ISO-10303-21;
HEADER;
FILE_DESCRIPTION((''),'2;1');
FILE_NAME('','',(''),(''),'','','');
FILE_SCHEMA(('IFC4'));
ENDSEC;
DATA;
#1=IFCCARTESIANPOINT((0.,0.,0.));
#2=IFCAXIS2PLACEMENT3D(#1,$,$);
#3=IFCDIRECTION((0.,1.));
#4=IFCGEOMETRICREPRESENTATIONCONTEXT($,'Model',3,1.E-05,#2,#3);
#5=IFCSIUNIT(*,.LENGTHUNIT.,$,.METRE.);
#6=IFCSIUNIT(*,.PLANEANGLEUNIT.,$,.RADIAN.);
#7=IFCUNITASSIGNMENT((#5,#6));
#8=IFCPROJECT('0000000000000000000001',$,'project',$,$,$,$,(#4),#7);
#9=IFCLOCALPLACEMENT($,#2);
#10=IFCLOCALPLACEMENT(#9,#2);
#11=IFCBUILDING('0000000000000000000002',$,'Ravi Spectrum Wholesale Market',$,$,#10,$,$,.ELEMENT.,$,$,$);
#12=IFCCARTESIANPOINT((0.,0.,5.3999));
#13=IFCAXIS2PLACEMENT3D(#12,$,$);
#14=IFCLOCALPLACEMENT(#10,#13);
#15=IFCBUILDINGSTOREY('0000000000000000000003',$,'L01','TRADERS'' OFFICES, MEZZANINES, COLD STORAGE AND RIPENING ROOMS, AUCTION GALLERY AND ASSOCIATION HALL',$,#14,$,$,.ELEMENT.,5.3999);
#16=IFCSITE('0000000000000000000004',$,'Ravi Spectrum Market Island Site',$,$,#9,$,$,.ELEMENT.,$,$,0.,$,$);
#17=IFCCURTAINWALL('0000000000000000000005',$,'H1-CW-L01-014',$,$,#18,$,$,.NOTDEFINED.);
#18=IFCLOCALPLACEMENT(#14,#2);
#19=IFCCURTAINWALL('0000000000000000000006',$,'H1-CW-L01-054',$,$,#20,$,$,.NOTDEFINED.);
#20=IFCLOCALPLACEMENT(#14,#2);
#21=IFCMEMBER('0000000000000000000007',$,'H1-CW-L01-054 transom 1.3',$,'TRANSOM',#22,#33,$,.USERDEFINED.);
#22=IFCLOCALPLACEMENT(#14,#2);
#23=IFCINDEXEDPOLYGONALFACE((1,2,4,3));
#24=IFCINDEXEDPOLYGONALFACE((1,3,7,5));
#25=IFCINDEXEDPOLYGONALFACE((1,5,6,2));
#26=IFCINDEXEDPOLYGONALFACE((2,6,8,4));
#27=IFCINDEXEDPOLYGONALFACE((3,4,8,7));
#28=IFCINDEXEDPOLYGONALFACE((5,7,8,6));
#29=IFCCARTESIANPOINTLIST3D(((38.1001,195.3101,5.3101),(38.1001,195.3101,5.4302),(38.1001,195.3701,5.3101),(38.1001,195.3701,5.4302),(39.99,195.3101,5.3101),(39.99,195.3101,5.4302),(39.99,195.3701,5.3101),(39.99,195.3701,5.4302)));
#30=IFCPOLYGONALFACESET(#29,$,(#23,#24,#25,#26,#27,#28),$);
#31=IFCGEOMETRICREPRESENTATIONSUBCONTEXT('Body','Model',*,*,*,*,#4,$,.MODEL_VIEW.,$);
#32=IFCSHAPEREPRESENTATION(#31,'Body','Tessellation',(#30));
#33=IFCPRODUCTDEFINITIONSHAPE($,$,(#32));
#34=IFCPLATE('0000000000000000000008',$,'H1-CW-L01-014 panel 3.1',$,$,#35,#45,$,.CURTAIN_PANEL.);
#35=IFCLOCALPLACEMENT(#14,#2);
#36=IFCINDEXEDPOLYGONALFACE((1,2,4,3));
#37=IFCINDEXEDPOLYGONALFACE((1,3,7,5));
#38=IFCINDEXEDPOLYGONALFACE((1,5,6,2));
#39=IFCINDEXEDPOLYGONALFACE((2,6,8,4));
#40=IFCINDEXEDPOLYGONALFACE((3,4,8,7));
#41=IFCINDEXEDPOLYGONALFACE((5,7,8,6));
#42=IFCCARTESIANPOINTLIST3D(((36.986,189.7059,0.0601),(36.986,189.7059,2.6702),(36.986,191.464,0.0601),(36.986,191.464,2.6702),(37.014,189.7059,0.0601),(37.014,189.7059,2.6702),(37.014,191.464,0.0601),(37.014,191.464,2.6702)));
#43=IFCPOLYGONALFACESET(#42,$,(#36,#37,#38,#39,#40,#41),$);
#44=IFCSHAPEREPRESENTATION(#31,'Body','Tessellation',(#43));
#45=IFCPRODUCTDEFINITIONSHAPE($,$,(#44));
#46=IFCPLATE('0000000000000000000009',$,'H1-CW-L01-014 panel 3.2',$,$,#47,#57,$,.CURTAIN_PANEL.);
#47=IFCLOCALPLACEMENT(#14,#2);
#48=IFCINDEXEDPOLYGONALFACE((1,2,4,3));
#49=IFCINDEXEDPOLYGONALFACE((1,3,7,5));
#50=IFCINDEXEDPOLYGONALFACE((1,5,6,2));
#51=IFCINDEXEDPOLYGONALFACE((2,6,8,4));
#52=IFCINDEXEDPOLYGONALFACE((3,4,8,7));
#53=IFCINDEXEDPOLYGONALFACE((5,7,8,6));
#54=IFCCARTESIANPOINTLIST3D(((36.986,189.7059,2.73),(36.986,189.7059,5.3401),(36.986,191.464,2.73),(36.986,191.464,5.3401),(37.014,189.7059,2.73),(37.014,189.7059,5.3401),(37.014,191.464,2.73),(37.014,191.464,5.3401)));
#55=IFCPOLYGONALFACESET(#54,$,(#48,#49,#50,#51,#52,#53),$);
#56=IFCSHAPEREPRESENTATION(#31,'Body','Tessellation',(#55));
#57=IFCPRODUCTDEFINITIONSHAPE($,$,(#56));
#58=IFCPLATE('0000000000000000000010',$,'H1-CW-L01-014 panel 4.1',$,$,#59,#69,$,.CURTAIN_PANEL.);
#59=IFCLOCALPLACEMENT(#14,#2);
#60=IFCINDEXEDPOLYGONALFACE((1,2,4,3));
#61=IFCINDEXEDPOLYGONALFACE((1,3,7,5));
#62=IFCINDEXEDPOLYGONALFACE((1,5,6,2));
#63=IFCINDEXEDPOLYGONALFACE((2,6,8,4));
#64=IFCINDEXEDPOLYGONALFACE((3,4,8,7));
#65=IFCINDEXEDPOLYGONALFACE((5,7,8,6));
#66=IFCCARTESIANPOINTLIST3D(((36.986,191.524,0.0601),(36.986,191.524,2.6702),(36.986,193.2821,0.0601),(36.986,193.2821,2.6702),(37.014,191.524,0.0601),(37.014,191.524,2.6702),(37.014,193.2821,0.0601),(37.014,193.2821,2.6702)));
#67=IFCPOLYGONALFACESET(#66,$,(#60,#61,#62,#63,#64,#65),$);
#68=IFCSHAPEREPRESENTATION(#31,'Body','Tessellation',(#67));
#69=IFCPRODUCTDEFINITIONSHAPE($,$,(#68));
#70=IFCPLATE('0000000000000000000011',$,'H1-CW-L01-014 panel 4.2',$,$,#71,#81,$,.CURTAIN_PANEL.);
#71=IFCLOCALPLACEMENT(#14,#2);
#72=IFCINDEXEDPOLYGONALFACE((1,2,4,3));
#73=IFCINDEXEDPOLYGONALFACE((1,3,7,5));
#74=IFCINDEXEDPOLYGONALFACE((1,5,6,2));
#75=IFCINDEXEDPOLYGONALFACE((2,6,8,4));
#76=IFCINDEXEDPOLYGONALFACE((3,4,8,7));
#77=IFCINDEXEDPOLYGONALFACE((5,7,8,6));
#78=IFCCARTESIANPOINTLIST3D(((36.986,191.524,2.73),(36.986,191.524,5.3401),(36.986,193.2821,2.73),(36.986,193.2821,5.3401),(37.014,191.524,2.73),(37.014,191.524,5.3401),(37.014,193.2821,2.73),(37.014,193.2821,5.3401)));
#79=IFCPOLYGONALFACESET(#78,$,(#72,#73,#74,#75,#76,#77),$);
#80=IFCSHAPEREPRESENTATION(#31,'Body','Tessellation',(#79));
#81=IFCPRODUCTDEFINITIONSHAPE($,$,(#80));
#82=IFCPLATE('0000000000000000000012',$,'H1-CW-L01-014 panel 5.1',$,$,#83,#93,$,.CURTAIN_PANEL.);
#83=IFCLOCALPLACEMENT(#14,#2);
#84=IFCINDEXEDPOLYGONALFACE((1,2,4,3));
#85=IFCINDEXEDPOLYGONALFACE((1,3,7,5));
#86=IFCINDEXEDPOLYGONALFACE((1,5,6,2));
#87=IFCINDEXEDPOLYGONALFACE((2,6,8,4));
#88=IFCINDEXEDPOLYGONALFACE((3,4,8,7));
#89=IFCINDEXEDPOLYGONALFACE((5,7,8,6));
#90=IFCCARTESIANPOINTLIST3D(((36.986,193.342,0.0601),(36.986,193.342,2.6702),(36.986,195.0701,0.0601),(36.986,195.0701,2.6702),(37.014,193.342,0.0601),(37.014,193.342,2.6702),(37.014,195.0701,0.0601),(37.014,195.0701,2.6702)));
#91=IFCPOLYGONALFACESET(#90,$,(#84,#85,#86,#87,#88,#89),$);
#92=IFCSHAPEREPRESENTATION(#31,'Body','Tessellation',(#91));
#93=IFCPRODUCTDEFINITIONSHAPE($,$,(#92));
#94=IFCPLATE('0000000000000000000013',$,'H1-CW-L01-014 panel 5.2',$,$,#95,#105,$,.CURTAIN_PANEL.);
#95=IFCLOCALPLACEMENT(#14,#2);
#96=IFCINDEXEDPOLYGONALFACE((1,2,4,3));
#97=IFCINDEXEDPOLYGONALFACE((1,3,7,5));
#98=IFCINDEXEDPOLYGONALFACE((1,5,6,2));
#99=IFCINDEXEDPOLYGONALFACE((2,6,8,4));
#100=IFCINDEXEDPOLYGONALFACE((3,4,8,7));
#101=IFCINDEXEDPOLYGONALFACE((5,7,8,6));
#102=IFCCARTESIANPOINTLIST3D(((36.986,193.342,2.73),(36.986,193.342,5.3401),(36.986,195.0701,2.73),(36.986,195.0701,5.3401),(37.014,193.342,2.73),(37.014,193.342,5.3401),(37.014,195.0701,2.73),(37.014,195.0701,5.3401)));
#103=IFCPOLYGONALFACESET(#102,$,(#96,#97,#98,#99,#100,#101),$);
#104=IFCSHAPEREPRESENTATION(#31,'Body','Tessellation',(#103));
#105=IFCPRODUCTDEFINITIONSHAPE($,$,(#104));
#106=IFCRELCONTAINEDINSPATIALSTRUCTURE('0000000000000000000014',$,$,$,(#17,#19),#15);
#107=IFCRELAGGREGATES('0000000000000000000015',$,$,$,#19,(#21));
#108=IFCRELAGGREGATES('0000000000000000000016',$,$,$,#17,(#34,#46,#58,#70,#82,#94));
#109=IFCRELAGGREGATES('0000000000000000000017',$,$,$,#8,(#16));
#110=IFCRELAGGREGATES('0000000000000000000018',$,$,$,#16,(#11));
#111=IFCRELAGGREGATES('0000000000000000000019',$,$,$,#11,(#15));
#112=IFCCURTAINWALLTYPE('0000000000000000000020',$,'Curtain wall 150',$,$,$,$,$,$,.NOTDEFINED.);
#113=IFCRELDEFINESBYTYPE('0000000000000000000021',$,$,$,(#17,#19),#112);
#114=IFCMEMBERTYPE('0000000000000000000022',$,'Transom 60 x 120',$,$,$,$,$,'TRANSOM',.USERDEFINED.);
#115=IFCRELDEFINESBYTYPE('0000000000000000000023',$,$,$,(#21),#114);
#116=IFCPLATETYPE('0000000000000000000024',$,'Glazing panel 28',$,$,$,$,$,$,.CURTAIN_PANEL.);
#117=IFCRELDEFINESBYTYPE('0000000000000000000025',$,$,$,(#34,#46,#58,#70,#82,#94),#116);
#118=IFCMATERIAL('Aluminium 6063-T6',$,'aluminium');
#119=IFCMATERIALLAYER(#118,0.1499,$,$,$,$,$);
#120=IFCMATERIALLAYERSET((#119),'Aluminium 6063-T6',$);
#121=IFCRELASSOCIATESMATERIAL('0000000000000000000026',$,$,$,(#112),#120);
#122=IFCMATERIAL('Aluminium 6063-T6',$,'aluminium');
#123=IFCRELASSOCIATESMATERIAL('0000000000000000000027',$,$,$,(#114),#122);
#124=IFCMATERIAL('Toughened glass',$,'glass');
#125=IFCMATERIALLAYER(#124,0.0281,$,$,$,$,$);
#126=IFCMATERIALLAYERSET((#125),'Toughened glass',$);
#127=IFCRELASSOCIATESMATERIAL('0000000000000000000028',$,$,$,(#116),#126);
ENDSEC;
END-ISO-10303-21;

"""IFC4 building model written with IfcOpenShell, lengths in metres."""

from ifc_helpers import new_model, si_unit, direction, frame, origin, origin_2d, place, context, subcontext, project, spatial, rectangle, extrude, material, layer, layer_set, material_profile, profile_set, type_object, element, aggregate, save


model = new_model("IFC4")

# Units and contexts
model_context = context("Model", 3, precision=1e-05, world=origin(), true_north=direction((0.0, 1.0)))
body_context = subcontext(model_context, "Body", "Model", "MODEL_VIEW")
ifc_project = project(units=[si_unit("LENGTHUNIT", "METRE"), si_unit("PLANEANGLEUNIT", "RADIAN")], contexts=[model_context])

# Site, building, storey
site_placement = place(None, origin())
site = spatial("IfcSite", under=ifc_project, at=site_placement, Name="Ravi Spectrum Market Island Site", CompositionType="ELEMENT", RefElevation=0.0)
building_placement = place(site_placement, origin())
building = spatial("IfcBuilding", under=site, at=building_placement, Name="Ravi Spectrum Wholesale Market", CompositionType="ELEMENT")
storey_placement = place(building_placement, frame((0.0, 0.0, 5.3999)))
storey = spatial("IfcBuildingStorey", under=building, at=storey_placement, Name="L01", Description="TRADERS' OFFICES, MEZZANINES, COLD STORAGE AND RIPENING ROOMS, AUCTION GALLERY AND ASSOCIATION HALL", CompositionType="ELEMENT", Elevation=5.3999)

# Curtain wall
ifc_material_1 = material(Name="Aluminium 6063-T6", Category="aluminium")
ifc_layer_1 = layer(ifc_material_1, 0.1499)
ifc_layer_set_1 = layer_set([ifc_layer_1], Name="Aluminium 6063-T6")
curtain_wall_type = type_object("IfcCurtainWallType", Name="Curtain wall 150", PredefinedType="NOTDEFINED", material=ifc_layer_set_1)
curtain_wall_1_placement = place(storey_placement, origin())
curtain_wall_1 = element("IfcCurtainWall", 1, at=curtain_wall_1_placement, inside=storey, type_object=curtain_wall_type, Name="H1-CW-L01-014", PredefinedType="NOTDEFINED")

# Curtain wall
curtain_wall_2_placement = place(storey_placement, origin())
curtain_wall_2 = element("IfcCurtainWall", 2, at=curtain_wall_2_placement, inside=storey, type_object=curtain_wall_type, Name="H1-CW-L01-054", PredefinedType="NOTDEFINED")

# Member
ifc_material_2 = material(Name="Aluminium 6063-T6", Category="aluminium")
ifc_material_profile_1 = material_profile(ifc_material_2, rectangle(XDim=0.0601, YDim=0.1201, at=origin_2d()))
ifc_profile_set_1 = profile_set([ifc_material_profile_1], Name="Aluminium 6063-T6")
member_type_1 = type_object("IfcMemberType", Name="Transom 60 x 120", ElementType="TRANSOM", PredefinedType="USERDEFINED", material=ifc_profile_set_1)
member_1_placement = place(storey_placement, frame((38.1001, 195.3401, 5.3701), z_axis=(1.0, 0.0, 0.0), x_axis=(0.0, 1.0, 0.0)))
member_1 = element("IfcMember", 3, at=member_1_placement, type_object=member_type_1, Name="H1-CW-L01-054 transom 1.3", ObjectType="TRANSOM", PredefinedType="USERDEFINED", context=body_context, shape_type="SweptSolid", body=[
    extrude(rectangle(XDim=0.0601, YDim=0.1201, at=origin_2d()), origin(), (0.0, 0.0, 1.0), 1.8899),
])
aggregate(curtain_wall_2, [member_1])

# Plates
ifc_material_3 = material(Name="Toughened glass", Category="glass")
ifc_layer_2 = layer(ifc_material_3, 0.0281)
ifc_layer_set_2 = layer_set([ifc_layer_2], Name="Toughened glass")
plate_type = type_object("IfcPlateType", Name="Glazing panel 28", PredefinedType="CURTAIN_PANEL", material=ifc_layer_set_2)
plate_1_placement = place(storey_placement, frame((37.0, 190.585, 0.0601), z_axis=(0.0, 0.0, 1.0), x_axis=(0.0, 1.0, 0.0)))
plate_1 = element("IfcPlate", 4, at=plate_1_placement, type_object=plate_type, Name="H1-CW-L01-014 panel 3.1", PredefinedType="CURTAIN_PANEL", context=body_context, shape_type="SweptSolid", body=[
    extrude(rectangle(XDim=1.7581, YDim=0.0281, at=origin_2d()), origin(), (0.0, 0.0, 1.0), 2.6101),
])
plate_2_placement = place(storey_placement, frame((37.0, 190.585, 2.73), z_axis=(0.0, 0.0, 1.0), x_axis=(0.0, 1.0, 0.0)))
plate_2 = element("IfcPlate", 5, at=plate_2_placement, type_object=plate_type, Name="H1-CW-L01-014 panel 3.2", PredefinedType="CURTAIN_PANEL", context=body_context, shape_type="SweptSolid", body=[
    extrude(rectangle(XDim=1.7581, YDim=0.0281, at=origin_2d()), origin(), (0.0, 0.0, 1.0), 2.6101),
])
plate_3_placement = place(storey_placement, frame((37.0, 192.4031, 0.0601), z_axis=(0.0, 0.0, 1.0), x_axis=(0.0, 1.0, 0.0)))
plate_3 = element("IfcPlate", 6, at=plate_3_placement, type_object=plate_type, Name="H1-CW-L01-014 panel 4.1", PredefinedType="CURTAIN_PANEL", context=body_context, shape_type="SweptSolid", body=[
    extrude(rectangle(XDim=1.7581, YDim=0.0281, at=origin_2d()), origin(), (0.0, 0.0, 1.0), 2.6101),
])
plate_4_placement = place(storey_placement, frame((37.0, 192.4031, 2.73), z_axis=(0.0, 0.0, 1.0), x_axis=(0.0, 1.0, 0.0)))
plate_4 = element("IfcPlate", 7, at=plate_4_placement, type_object=plate_type, Name="H1-CW-L01-014 panel 4.2", PredefinedType="CURTAIN_PANEL", context=body_context, shape_type="SweptSolid", body=[
    extrude(rectangle(XDim=1.7581, YDim=0.0281, at=origin_2d()), origin(), (0.0, 0.0, 1.0), 2.6101),
])
plate_5_placement = place(storey_placement, frame((37.0, 194.2061, 0.0601), z_axis=(0.0, 0.0, 1.0), x_axis=(0.0, 1.0, 0.0)))
plate_5 = element("IfcPlate", 8, at=plate_5_placement, type_object=plate_type, Name="H1-CW-L01-014 panel 5.1", PredefinedType="CURTAIN_PANEL", context=body_context, shape_type="SweptSolid", body=[
    extrude(rectangle(XDim=1.728, YDim=0.0281, at=origin_2d()), origin(), (0.0, 0.0, 1.0), 2.6101),
])
plate_6_placement = place(storey_placement, frame((37.0, 194.2061, 2.73), z_axis=(0.0, 0.0, 1.0), x_axis=(0.0, 1.0, 0.0)))
plate_6 = element("IfcPlate", 9, at=plate_6_placement, type_object=plate_type, Name="H1-CW-L01-014 panel 5.2", PredefinedType="CURTAIN_PANEL", context=body_context, shape_type="SweptSolid", body=[
    extrude(rectangle(XDim=1.728, YDim=0.0281, at=origin_2d()), origin(), (0.0, 0.0, 1.0), 2.6101),
])
aggregate(curtain_wall_1, [plate_1, plate_2, plate_3, plate_4, plate_5, plate_6])

save(model, "model.ifc")
